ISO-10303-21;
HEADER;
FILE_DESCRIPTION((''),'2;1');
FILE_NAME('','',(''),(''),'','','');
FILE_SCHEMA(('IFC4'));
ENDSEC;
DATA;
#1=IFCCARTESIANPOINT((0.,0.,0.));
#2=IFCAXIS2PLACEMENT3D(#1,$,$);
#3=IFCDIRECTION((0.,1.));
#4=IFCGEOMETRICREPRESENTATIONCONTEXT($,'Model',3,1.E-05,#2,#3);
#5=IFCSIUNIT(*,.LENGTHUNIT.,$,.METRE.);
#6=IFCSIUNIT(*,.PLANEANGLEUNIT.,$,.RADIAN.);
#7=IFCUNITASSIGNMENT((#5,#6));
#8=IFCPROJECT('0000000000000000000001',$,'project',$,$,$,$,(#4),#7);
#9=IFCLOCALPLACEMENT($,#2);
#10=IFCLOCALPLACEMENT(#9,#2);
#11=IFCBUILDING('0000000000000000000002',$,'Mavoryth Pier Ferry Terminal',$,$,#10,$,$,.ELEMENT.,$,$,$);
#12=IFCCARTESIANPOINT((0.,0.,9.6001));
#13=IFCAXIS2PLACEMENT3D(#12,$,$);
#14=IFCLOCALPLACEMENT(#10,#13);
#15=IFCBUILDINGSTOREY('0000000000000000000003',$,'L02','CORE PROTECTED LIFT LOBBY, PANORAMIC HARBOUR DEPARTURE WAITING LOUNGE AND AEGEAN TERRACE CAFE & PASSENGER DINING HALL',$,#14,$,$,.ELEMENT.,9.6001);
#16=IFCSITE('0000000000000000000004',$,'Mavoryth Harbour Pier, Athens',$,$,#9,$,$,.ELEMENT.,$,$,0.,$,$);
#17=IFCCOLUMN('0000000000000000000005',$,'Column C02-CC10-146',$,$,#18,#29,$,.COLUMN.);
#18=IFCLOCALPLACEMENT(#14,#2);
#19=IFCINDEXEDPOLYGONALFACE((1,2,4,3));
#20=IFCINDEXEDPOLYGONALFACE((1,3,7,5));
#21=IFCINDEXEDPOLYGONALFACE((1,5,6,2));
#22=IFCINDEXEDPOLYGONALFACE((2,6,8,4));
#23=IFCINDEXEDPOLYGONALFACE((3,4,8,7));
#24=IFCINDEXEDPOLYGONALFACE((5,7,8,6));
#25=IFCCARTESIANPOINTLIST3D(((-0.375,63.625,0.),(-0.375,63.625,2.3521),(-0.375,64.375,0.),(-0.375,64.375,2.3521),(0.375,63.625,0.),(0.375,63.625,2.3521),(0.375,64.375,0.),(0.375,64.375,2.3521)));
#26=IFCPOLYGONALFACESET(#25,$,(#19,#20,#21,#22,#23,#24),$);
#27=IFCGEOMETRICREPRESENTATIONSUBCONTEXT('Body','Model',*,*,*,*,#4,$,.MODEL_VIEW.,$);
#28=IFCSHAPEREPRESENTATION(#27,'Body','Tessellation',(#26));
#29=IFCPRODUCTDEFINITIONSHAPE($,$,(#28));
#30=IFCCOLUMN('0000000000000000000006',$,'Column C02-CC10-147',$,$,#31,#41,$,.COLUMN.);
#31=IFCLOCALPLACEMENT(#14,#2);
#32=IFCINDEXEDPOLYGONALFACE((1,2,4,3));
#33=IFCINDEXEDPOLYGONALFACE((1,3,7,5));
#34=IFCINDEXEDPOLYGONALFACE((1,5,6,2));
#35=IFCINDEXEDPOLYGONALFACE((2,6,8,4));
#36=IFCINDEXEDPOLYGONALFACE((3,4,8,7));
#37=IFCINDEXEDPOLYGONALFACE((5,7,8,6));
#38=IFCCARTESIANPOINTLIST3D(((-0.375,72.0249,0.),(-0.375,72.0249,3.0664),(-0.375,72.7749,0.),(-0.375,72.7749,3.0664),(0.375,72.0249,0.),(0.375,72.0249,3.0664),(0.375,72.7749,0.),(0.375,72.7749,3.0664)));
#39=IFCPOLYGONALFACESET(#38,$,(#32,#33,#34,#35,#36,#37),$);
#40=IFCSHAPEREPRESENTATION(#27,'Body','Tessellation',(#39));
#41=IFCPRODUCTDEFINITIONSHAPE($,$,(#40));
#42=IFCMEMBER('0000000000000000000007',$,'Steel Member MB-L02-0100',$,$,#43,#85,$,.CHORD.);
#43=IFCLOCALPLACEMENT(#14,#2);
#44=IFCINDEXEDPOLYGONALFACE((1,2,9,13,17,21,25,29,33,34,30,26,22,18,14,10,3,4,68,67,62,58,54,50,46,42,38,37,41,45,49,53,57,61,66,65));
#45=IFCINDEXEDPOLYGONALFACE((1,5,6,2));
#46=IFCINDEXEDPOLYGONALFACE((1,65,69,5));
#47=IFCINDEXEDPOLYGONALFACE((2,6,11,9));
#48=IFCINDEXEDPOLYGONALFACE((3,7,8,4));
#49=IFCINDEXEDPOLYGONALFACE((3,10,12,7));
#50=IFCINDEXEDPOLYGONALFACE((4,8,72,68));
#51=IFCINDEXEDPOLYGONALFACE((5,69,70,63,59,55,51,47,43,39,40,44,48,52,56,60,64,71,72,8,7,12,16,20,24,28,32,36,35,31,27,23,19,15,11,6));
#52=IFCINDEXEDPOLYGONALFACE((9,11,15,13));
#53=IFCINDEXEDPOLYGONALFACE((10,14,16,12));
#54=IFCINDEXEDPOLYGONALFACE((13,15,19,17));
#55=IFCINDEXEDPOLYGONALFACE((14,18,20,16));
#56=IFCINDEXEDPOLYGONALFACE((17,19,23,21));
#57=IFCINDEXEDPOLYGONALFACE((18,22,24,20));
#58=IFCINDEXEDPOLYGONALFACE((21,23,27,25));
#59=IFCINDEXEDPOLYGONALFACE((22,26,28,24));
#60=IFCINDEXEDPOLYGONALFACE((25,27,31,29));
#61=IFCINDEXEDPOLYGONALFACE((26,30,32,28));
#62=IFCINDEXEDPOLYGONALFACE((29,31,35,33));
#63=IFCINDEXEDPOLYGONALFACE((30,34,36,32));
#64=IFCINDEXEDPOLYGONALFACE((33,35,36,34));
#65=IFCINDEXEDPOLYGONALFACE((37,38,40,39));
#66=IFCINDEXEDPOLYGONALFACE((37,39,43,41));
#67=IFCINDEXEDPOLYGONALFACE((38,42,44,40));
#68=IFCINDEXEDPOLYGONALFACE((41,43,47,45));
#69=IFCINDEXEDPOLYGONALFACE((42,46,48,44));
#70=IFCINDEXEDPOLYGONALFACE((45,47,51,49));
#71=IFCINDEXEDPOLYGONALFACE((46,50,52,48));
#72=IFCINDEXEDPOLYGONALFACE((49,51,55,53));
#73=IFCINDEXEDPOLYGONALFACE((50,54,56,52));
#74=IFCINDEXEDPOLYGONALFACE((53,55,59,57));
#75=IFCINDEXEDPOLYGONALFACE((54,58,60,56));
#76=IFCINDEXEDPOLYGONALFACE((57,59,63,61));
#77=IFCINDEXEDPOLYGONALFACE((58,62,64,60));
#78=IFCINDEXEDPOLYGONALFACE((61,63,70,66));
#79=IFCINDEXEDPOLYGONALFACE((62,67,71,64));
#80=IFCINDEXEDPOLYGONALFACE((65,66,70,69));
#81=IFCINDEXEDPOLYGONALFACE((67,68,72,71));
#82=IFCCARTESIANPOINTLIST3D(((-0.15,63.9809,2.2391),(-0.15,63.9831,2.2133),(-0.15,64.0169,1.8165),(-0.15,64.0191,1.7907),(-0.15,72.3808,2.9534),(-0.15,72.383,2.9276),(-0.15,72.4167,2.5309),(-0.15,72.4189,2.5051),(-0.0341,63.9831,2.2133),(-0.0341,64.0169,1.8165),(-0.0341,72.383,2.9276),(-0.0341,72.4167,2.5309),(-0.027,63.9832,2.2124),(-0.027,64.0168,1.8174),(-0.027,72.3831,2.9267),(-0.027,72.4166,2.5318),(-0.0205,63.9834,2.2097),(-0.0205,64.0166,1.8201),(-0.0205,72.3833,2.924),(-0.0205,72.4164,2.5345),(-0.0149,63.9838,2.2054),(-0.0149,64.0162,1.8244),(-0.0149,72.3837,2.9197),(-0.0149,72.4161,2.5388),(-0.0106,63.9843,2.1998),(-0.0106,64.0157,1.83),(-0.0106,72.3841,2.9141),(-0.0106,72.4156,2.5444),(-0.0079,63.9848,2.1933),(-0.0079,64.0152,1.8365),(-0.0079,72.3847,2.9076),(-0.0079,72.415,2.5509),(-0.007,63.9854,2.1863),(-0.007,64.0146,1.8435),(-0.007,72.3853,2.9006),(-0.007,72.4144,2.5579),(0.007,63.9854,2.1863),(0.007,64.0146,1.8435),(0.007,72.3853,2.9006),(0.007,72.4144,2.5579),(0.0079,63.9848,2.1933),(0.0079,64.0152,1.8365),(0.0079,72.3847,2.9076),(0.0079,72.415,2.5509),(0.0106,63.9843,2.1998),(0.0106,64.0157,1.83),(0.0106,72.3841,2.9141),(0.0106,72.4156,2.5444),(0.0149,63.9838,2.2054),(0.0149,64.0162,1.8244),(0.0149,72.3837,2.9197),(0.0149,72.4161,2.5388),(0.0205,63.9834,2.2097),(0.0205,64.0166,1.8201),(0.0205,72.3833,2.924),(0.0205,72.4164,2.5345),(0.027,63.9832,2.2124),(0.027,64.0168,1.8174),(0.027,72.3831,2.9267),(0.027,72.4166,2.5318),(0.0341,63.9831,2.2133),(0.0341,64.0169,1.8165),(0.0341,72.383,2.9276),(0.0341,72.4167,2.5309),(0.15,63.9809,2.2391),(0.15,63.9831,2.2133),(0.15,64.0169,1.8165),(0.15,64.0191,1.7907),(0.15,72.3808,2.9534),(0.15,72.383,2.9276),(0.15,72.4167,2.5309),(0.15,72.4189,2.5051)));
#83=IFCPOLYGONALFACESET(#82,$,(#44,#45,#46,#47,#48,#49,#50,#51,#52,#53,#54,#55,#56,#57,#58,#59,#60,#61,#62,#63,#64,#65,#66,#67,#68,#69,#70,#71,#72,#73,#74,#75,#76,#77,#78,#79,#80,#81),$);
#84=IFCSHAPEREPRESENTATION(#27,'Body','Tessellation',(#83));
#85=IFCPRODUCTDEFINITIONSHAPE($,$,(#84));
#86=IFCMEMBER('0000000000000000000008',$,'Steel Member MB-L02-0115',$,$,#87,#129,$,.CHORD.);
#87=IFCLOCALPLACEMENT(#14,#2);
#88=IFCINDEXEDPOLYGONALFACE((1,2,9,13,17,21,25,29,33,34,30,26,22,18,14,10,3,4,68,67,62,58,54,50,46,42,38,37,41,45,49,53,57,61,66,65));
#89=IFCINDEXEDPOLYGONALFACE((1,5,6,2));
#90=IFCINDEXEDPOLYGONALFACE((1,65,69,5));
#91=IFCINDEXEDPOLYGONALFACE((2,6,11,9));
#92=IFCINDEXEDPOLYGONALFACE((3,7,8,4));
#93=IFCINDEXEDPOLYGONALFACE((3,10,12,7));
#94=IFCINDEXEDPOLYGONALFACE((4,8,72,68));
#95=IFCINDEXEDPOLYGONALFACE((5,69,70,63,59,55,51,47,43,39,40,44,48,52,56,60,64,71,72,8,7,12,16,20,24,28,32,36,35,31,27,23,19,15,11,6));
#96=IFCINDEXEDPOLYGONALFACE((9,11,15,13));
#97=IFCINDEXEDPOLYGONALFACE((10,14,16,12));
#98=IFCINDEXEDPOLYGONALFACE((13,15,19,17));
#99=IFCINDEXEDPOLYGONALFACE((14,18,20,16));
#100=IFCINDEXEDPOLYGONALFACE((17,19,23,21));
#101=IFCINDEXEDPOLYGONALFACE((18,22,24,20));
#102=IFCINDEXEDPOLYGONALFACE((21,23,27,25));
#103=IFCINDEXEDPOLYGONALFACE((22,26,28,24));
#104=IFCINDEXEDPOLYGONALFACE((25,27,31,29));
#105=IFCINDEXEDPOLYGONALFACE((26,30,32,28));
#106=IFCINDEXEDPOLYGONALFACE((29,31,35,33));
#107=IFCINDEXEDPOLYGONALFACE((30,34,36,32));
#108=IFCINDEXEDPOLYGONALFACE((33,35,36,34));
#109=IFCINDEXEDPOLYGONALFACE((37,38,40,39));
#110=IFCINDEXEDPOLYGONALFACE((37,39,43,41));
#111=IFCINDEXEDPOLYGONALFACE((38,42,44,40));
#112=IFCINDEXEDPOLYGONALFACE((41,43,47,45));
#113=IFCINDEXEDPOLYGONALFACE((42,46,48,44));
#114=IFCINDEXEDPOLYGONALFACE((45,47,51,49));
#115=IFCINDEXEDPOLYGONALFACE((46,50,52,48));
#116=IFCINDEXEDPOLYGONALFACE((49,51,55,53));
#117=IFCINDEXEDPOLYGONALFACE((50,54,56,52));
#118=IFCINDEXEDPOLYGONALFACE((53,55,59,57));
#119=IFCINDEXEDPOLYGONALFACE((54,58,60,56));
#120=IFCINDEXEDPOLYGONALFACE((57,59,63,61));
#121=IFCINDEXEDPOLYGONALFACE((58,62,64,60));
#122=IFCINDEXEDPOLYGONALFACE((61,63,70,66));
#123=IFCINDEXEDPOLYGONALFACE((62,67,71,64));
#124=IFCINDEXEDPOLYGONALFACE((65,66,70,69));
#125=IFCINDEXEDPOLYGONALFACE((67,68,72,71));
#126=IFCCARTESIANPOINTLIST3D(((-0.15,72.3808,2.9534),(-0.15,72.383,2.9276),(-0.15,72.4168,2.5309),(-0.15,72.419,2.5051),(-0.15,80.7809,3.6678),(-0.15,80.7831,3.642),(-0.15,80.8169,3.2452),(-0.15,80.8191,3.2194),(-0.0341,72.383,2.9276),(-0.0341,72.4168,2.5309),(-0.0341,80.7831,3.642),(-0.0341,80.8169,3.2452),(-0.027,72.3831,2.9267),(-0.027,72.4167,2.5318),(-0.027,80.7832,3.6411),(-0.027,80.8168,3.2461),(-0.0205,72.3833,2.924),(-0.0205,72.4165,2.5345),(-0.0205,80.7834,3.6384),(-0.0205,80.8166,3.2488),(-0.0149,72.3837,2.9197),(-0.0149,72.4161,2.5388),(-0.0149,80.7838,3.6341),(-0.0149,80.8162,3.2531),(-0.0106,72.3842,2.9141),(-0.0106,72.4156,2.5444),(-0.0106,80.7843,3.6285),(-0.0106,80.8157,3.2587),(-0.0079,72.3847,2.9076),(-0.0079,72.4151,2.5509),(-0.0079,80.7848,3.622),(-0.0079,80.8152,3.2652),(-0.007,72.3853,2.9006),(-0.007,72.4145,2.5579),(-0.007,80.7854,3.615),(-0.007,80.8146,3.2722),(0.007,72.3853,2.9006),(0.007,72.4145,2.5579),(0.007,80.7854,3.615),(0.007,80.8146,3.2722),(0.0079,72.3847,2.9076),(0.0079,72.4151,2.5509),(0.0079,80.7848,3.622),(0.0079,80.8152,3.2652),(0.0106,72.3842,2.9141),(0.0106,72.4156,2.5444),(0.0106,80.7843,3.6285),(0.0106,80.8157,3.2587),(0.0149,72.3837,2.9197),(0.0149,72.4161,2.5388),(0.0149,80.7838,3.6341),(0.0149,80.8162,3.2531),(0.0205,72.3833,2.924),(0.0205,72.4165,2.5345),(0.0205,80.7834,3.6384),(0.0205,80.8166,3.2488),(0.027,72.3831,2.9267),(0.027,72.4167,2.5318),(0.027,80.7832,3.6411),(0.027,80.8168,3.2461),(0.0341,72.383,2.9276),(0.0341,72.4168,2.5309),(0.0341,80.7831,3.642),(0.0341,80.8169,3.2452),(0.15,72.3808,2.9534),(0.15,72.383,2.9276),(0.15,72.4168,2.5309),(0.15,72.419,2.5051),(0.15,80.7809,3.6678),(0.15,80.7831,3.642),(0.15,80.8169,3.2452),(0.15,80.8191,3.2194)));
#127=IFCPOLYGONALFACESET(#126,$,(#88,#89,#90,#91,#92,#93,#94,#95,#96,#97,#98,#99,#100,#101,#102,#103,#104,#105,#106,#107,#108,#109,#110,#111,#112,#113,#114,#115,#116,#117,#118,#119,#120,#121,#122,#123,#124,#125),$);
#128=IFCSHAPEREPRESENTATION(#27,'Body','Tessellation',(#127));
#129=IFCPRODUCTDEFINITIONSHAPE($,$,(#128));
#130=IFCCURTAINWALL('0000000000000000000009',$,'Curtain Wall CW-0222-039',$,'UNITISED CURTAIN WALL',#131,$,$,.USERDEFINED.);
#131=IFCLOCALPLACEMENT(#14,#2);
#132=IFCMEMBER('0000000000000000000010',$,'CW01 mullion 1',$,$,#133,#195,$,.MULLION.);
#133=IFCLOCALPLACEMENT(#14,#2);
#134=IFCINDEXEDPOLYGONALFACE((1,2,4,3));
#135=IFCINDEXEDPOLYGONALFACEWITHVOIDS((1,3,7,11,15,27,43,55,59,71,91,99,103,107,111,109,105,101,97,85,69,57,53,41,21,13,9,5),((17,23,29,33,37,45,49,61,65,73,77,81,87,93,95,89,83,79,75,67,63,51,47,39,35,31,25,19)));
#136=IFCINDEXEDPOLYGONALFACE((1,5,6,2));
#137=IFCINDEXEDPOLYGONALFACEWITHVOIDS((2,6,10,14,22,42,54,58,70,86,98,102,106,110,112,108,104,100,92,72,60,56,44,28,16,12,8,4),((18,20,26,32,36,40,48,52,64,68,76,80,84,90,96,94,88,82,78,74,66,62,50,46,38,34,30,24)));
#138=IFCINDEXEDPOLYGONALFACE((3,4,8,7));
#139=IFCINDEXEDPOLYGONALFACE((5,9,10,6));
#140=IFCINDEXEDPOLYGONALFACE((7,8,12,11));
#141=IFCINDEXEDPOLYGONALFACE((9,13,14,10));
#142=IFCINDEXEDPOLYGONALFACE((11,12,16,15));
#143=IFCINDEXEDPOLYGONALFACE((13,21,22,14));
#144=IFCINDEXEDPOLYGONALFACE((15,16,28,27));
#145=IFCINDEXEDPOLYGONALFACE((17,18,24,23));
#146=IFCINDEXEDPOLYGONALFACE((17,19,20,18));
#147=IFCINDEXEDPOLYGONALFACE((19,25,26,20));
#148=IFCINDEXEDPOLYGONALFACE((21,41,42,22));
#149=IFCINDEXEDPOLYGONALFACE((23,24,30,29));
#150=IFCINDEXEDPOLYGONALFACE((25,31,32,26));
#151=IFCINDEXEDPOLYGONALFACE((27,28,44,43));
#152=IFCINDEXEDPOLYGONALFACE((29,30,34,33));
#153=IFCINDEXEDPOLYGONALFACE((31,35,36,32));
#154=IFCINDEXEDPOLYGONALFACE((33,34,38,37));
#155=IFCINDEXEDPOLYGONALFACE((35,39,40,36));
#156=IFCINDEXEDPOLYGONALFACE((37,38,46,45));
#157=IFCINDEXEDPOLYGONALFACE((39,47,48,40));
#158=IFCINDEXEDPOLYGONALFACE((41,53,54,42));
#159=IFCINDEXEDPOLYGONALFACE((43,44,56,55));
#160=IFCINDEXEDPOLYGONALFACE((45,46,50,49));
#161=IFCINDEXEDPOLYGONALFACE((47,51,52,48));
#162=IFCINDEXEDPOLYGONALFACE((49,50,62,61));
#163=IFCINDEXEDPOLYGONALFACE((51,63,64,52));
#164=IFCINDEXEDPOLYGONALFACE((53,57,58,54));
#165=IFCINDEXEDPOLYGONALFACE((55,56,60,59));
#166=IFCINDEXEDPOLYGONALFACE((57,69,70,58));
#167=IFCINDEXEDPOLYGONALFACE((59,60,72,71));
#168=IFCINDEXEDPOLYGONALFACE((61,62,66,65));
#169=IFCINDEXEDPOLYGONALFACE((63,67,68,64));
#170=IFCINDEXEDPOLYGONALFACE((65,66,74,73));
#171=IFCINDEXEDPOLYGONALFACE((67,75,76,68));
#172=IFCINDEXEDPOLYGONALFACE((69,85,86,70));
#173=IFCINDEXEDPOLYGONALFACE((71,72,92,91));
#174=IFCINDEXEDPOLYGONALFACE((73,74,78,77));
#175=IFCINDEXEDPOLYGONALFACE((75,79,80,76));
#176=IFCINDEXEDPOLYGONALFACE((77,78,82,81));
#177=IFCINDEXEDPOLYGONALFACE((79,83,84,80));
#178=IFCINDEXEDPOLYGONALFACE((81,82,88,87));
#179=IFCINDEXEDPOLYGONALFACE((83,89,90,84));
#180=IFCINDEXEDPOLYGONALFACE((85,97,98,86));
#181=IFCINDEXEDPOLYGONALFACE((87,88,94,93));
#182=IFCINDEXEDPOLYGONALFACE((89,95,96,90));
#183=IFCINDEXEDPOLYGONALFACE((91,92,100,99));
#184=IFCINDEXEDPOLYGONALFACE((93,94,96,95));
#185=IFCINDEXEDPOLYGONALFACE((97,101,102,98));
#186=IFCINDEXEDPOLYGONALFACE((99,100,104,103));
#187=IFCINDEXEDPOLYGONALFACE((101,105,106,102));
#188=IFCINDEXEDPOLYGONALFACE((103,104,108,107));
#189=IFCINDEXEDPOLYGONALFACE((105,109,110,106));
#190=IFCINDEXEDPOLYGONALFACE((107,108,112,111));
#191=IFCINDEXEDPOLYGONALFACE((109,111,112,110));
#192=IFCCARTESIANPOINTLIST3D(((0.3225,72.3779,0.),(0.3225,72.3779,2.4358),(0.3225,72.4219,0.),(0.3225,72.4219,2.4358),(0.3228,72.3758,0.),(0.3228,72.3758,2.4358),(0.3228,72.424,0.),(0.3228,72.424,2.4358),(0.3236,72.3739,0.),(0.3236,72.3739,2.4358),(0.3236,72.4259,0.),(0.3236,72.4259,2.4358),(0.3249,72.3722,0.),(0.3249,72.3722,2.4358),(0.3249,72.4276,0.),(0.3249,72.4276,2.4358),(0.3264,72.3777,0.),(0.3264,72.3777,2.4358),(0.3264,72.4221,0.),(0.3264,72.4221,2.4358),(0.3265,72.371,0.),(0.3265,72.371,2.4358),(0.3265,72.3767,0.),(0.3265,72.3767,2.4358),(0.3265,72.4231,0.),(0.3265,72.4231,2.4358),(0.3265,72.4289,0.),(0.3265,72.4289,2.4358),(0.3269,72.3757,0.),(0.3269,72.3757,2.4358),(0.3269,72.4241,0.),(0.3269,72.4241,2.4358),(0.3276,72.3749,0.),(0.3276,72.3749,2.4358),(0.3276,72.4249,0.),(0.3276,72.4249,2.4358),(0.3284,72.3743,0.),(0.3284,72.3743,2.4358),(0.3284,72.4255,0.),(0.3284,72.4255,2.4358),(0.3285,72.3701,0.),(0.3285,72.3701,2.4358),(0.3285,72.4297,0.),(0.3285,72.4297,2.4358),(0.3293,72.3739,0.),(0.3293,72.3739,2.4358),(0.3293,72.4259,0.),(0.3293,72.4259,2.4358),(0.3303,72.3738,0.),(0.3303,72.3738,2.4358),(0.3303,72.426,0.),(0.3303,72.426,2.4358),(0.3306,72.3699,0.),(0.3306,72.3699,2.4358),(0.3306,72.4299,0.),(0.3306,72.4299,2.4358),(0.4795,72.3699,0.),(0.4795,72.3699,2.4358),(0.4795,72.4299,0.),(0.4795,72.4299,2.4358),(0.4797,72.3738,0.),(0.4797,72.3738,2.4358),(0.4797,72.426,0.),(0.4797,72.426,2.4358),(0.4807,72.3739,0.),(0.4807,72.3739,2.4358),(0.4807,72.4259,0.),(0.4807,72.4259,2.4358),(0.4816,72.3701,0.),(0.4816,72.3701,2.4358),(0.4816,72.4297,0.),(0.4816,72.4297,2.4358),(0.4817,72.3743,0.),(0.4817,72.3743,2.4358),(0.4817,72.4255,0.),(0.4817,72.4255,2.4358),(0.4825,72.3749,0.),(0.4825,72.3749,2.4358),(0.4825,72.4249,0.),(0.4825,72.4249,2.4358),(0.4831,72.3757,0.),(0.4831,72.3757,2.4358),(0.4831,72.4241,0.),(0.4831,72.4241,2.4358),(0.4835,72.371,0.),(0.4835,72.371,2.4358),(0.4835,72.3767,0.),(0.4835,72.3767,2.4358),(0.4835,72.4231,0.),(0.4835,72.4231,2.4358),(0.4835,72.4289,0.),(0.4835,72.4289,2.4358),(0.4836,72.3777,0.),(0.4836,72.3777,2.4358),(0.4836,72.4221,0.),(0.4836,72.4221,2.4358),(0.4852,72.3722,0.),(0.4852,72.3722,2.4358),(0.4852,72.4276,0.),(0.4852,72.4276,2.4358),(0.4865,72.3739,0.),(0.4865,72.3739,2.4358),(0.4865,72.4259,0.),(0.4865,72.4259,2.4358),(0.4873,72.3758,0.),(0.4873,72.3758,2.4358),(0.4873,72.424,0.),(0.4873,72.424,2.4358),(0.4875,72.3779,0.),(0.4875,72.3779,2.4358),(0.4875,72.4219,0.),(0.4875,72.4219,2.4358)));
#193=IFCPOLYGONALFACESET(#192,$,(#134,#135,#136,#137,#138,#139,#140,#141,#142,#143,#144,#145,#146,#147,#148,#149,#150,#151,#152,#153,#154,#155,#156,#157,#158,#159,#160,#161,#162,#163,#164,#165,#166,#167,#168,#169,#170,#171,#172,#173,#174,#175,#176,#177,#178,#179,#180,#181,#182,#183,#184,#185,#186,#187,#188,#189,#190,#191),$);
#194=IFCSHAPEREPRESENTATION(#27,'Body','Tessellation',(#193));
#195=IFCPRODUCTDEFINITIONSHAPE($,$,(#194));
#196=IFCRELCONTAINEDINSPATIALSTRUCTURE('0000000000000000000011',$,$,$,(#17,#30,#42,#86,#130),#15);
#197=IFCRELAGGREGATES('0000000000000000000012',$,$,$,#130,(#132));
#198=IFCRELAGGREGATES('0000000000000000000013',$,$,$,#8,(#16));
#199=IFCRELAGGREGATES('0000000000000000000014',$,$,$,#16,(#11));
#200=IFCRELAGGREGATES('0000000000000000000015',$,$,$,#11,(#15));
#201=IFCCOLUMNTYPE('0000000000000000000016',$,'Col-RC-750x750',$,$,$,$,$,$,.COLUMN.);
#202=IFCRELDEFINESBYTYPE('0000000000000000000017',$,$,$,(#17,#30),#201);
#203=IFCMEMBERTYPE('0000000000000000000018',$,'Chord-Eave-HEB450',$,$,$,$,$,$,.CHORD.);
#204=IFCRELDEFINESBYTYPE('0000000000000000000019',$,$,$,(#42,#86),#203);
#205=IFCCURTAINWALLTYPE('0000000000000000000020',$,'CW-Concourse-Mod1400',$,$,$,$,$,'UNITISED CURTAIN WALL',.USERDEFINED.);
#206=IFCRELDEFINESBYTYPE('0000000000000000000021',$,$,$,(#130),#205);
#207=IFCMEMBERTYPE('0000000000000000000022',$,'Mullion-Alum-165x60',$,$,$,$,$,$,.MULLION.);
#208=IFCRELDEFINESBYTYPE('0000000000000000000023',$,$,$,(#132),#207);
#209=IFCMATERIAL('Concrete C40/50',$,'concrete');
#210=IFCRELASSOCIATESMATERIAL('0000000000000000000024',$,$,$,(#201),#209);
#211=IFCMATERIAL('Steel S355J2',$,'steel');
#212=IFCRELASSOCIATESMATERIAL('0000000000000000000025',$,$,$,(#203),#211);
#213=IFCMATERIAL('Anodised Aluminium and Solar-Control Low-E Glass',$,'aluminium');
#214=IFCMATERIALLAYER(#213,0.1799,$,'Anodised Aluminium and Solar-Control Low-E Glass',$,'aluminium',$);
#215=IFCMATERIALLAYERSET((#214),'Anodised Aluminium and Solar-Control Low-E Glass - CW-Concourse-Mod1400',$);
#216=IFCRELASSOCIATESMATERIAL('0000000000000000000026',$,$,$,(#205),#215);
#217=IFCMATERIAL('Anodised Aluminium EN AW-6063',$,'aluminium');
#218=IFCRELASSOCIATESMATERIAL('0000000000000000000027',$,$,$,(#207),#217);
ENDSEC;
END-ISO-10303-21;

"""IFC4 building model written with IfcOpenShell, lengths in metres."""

from ifc_helpers import new_model, si_unit, direction, frame, origin, origin_2d, place, context, subcontext, project, spatial, rectangle, hollow_rectangle, i_section, extrude, material, layer, layer_set, material_profile, profile_set, type_object, element, aggregate, save


model = new_model("IFC4")

# Units and contexts
model_context = context("Model", 3, precision=1e-05, world=origin(), true_north=direction((0.0, 1.0)))
body_context = subcontext(model_context, "Body", "Model", "MODEL_VIEW")
ifc_project = project(units=[si_unit("LENGTHUNIT", "METRE"), si_unit("PLANEANGLEUNIT", "RADIAN")], contexts=[model_context])

# Site, building, storey
site_placement = place(None, origin())
site = spatial("IfcSite", under=ifc_project, at=site_placement, Name="Mavoryth Harbour Pier, Athens", CompositionType="ELEMENT", RefElevation=0.0)
building_placement = place(site_placement, origin())
building = spatial("IfcBuilding", under=site, at=building_placement, Name="Mavoryth Pier Ferry Terminal", CompositionType="ELEMENT")
storey_placement = place(building_placement, frame((0.0, 0.0, 9.6001)))
storey = spatial("IfcBuildingStorey", under=building, at=storey_placement, Name="L02", Description="CORE PROTECTED LIFT LOBBY, PANORAMIC HARBOUR DEPARTURE WAITING LOUNGE AND AEGEAN TERRACE CAFE & PASSENGER DINING HALL", CompositionType="ELEMENT", Elevation=9.6001)

# Columns
ifc_material_1 = material(Name="Concrete C40/50", Category="concrete")
ifc_material_profile_1 = material_profile(ifc_material_1, rectangle(XDim=0.75, YDim=0.75, at=origin_2d()), Name="RC 750x750", Category="concrete")
ifc_profile_set_1 = profile_set([ifc_material_profile_1], Name="Concrete C40/50 - RC 750x750")
column_type = type_object("IfcColumnType", Name="Col-RC-750x750", PredefinedType="COLUMN", material=ifc_profile_set_1)
column_1_placement = place(storey_placement, frame((0.0, 64.0, 0.0), z_axis=(0.0, 0.0, 1.0), x_axis=(1.0, 0.0, 0.0)))
element("IfcColumn", 1, at=column_1_placement, inside=storey, type_object=column_type, Name="Column C02-CC10-146", PredefinedType="COLUMN", context=body_context, shape_type="SweptSolid", body=[
    extrude(rectangle(XDim=0.75, YDim=0.75, at=origin_2d()), origin(), (0.0, 0.0, 1.0), 2.3521),
])
column_2_placement = place(storey_placement, frame((0.0, 72.3999, 0.0), z_axis=(0.0, 0.0, 1.0), x_axis=(1.0, 0.0, 0.0)))
element("IfcColumn", 2, at=column_2_placement, inside=storey, type_object=column_type, Name="Column C02-CC10-147", PredefinedType="COLUMN", context=body_context, shape_type="SweptSolid", body=[
    extrude(rectangle(XDim=0.75, YDim=0.75, at=origin_2d()), origin(), (0.0, 0.0, 1.0), 3.0664),
])

# Members
ifc_material_2 = material(Name="Steel S355J2", Category="steel")
ifc_material_profile_2 = material_profile(ifc_material_2, i_section(OverallWidth=0.3, OverallDepth=0.45, WebThickness=0.0139, FlangeThickness=0.0259, FilletRadius=0.0271, at=origin_2d()), Name="HEB 450", Category="steel")
ifc_profile_set_2 = profile_set([ifc_material_profile_2], Name="Steel S355J2 - HEB 450")
member_type_1 = type_object("IfcMemberType", Name="Chord-Eave-HEB450", PredefinedType="CHORD", material=ifc_profile_set_2)
member_1_placement = place(storey_placement, frame((0.0, 64.0, 2.0149), z_axis=(0.0, 0.996403, 0.084737), x_axis=(-1.0, 0.0, 0.0)))
element("IfcMember", 3, at=member_1_placement, inside=storey, type_object=member_type_1, Name="Steel Member MB-L02-0100", PredefinedType="CHORD", context=body_context, shape_type="SweptSolid", body=[
    extrude(i_section(OverallWidth=0.3, OverallDepth=0.45, WebThickness=0.0139, FlangeThickness=0.0259, FilletRadius=0.0271, at=origin_2d()), origin(), (0.0, 0.0, 1.0), 8.4302),
])
member_2_placement = place(storey_placement, frame((0.0, 72.3999, 2.7292), z_axis=(0.0, 0.996404, 0.084735), x_axis=(-1.0, 0.0, 0.0)))
element("IfcMember", 4, at=member_2_placement, inside=storey, type_object=member_type_1, Name="Steel Member MB-L02-0115", PredefinedType="CHORD", context=body_context, shape_type="SweptSolid", body=[
    extrude(i_section(OverallWidth=0.3, OverallDepth=0.45, WebThickness=0.0139, FlangeThickness=0.0259, FilletRadius=0.0271, at=origin_2d()), origin(), (0.0, 0.0, 1.0), 8.4304),
])

# Curtain wall, member
ifc_material_3 = material(Name="Anodised Aluminium and Solar-Control Low-E Glass", Category="aluminium")
ifc_layer_1 = layer(ifc_material_3, 0.1799, Name="Anodised Aluminium and Solar-Control Low-E Glass", Category="aluminium")
ifc_layer_set_1 = layer_set([ifc_layer_1], Name="Anodised Aluminium and Solar-Control Low-E Glass - CW-Concourse-Mod1400")
curtain_wall_type = type_object("IfcCurtainWallType", Name="CW-Concourse-Mod1400", ElementType="UNITISED CURTAIN WALL", PredefinedType="USERDEFINED", material=ifc_layer_set_1)
curtain_wall_placement = place(storey_placement, origin())
curtain_wall = element("IfcCurtainWall", 5, at=curtain_wall_placement, inside=storey, type_object=curtain_wall_type, Name="Curtain Wall CW-0222-039", ObjectType="UNITISED CURTAIN WALL", PredefinedType="USERDEFINED")
ifc_material_4 = material(Name="Anodised Aluminium EN AW-6063", Category="aluminium")
ifc_material_profile_3 = material_profile(ifc_material_4, hollow_rectangle(XDim=0.0601, YDim=0.165, WallThickness=0.0039, InnerFilletRadius=0.0039, OuterFilletRadius=0.0081, at=origin_2d()), Name="AL-MULL 165x60x4", Category="aluminium")
ifc_profile_set_3 = profile_set([ifc_material_profile_3], Name="Anodised Aluminium EN AW-6063 - AL-MULL 165x60x4")
member_type_2 = type_object("IfcMemberType", Name="Mullion-Alum-165x60", PredefinedType="MULLION", material=ifc_profile_set_3)
member_3_placement = place(storey_placement, frame((0.405, 72.3999, 0.0), z_axis=(0.0, 0.0, 1.0), x_axis=(0.0, 1.0, 0.0)))
member_3 = element("IfcMember", 6, at=member_3_placement, type_object=member_type_2, Name="CW01 mullion 1", PredefinedType="MULLION", context=body_context, shape_type="SweptSolid", body=[
    extrude(hollow_rectangle(XDim=0.0601, YDim=0.165, WallThickness=0.0039, InnerFilletRadius=0.0039, OuterFilletRadius=0.0081, at=origin_2d()), origin(), (0.0, 0.0, 1.0), 2.4358),
])

aggregate(curtain_wall, [member_3])

save(model, "model.ifc")
